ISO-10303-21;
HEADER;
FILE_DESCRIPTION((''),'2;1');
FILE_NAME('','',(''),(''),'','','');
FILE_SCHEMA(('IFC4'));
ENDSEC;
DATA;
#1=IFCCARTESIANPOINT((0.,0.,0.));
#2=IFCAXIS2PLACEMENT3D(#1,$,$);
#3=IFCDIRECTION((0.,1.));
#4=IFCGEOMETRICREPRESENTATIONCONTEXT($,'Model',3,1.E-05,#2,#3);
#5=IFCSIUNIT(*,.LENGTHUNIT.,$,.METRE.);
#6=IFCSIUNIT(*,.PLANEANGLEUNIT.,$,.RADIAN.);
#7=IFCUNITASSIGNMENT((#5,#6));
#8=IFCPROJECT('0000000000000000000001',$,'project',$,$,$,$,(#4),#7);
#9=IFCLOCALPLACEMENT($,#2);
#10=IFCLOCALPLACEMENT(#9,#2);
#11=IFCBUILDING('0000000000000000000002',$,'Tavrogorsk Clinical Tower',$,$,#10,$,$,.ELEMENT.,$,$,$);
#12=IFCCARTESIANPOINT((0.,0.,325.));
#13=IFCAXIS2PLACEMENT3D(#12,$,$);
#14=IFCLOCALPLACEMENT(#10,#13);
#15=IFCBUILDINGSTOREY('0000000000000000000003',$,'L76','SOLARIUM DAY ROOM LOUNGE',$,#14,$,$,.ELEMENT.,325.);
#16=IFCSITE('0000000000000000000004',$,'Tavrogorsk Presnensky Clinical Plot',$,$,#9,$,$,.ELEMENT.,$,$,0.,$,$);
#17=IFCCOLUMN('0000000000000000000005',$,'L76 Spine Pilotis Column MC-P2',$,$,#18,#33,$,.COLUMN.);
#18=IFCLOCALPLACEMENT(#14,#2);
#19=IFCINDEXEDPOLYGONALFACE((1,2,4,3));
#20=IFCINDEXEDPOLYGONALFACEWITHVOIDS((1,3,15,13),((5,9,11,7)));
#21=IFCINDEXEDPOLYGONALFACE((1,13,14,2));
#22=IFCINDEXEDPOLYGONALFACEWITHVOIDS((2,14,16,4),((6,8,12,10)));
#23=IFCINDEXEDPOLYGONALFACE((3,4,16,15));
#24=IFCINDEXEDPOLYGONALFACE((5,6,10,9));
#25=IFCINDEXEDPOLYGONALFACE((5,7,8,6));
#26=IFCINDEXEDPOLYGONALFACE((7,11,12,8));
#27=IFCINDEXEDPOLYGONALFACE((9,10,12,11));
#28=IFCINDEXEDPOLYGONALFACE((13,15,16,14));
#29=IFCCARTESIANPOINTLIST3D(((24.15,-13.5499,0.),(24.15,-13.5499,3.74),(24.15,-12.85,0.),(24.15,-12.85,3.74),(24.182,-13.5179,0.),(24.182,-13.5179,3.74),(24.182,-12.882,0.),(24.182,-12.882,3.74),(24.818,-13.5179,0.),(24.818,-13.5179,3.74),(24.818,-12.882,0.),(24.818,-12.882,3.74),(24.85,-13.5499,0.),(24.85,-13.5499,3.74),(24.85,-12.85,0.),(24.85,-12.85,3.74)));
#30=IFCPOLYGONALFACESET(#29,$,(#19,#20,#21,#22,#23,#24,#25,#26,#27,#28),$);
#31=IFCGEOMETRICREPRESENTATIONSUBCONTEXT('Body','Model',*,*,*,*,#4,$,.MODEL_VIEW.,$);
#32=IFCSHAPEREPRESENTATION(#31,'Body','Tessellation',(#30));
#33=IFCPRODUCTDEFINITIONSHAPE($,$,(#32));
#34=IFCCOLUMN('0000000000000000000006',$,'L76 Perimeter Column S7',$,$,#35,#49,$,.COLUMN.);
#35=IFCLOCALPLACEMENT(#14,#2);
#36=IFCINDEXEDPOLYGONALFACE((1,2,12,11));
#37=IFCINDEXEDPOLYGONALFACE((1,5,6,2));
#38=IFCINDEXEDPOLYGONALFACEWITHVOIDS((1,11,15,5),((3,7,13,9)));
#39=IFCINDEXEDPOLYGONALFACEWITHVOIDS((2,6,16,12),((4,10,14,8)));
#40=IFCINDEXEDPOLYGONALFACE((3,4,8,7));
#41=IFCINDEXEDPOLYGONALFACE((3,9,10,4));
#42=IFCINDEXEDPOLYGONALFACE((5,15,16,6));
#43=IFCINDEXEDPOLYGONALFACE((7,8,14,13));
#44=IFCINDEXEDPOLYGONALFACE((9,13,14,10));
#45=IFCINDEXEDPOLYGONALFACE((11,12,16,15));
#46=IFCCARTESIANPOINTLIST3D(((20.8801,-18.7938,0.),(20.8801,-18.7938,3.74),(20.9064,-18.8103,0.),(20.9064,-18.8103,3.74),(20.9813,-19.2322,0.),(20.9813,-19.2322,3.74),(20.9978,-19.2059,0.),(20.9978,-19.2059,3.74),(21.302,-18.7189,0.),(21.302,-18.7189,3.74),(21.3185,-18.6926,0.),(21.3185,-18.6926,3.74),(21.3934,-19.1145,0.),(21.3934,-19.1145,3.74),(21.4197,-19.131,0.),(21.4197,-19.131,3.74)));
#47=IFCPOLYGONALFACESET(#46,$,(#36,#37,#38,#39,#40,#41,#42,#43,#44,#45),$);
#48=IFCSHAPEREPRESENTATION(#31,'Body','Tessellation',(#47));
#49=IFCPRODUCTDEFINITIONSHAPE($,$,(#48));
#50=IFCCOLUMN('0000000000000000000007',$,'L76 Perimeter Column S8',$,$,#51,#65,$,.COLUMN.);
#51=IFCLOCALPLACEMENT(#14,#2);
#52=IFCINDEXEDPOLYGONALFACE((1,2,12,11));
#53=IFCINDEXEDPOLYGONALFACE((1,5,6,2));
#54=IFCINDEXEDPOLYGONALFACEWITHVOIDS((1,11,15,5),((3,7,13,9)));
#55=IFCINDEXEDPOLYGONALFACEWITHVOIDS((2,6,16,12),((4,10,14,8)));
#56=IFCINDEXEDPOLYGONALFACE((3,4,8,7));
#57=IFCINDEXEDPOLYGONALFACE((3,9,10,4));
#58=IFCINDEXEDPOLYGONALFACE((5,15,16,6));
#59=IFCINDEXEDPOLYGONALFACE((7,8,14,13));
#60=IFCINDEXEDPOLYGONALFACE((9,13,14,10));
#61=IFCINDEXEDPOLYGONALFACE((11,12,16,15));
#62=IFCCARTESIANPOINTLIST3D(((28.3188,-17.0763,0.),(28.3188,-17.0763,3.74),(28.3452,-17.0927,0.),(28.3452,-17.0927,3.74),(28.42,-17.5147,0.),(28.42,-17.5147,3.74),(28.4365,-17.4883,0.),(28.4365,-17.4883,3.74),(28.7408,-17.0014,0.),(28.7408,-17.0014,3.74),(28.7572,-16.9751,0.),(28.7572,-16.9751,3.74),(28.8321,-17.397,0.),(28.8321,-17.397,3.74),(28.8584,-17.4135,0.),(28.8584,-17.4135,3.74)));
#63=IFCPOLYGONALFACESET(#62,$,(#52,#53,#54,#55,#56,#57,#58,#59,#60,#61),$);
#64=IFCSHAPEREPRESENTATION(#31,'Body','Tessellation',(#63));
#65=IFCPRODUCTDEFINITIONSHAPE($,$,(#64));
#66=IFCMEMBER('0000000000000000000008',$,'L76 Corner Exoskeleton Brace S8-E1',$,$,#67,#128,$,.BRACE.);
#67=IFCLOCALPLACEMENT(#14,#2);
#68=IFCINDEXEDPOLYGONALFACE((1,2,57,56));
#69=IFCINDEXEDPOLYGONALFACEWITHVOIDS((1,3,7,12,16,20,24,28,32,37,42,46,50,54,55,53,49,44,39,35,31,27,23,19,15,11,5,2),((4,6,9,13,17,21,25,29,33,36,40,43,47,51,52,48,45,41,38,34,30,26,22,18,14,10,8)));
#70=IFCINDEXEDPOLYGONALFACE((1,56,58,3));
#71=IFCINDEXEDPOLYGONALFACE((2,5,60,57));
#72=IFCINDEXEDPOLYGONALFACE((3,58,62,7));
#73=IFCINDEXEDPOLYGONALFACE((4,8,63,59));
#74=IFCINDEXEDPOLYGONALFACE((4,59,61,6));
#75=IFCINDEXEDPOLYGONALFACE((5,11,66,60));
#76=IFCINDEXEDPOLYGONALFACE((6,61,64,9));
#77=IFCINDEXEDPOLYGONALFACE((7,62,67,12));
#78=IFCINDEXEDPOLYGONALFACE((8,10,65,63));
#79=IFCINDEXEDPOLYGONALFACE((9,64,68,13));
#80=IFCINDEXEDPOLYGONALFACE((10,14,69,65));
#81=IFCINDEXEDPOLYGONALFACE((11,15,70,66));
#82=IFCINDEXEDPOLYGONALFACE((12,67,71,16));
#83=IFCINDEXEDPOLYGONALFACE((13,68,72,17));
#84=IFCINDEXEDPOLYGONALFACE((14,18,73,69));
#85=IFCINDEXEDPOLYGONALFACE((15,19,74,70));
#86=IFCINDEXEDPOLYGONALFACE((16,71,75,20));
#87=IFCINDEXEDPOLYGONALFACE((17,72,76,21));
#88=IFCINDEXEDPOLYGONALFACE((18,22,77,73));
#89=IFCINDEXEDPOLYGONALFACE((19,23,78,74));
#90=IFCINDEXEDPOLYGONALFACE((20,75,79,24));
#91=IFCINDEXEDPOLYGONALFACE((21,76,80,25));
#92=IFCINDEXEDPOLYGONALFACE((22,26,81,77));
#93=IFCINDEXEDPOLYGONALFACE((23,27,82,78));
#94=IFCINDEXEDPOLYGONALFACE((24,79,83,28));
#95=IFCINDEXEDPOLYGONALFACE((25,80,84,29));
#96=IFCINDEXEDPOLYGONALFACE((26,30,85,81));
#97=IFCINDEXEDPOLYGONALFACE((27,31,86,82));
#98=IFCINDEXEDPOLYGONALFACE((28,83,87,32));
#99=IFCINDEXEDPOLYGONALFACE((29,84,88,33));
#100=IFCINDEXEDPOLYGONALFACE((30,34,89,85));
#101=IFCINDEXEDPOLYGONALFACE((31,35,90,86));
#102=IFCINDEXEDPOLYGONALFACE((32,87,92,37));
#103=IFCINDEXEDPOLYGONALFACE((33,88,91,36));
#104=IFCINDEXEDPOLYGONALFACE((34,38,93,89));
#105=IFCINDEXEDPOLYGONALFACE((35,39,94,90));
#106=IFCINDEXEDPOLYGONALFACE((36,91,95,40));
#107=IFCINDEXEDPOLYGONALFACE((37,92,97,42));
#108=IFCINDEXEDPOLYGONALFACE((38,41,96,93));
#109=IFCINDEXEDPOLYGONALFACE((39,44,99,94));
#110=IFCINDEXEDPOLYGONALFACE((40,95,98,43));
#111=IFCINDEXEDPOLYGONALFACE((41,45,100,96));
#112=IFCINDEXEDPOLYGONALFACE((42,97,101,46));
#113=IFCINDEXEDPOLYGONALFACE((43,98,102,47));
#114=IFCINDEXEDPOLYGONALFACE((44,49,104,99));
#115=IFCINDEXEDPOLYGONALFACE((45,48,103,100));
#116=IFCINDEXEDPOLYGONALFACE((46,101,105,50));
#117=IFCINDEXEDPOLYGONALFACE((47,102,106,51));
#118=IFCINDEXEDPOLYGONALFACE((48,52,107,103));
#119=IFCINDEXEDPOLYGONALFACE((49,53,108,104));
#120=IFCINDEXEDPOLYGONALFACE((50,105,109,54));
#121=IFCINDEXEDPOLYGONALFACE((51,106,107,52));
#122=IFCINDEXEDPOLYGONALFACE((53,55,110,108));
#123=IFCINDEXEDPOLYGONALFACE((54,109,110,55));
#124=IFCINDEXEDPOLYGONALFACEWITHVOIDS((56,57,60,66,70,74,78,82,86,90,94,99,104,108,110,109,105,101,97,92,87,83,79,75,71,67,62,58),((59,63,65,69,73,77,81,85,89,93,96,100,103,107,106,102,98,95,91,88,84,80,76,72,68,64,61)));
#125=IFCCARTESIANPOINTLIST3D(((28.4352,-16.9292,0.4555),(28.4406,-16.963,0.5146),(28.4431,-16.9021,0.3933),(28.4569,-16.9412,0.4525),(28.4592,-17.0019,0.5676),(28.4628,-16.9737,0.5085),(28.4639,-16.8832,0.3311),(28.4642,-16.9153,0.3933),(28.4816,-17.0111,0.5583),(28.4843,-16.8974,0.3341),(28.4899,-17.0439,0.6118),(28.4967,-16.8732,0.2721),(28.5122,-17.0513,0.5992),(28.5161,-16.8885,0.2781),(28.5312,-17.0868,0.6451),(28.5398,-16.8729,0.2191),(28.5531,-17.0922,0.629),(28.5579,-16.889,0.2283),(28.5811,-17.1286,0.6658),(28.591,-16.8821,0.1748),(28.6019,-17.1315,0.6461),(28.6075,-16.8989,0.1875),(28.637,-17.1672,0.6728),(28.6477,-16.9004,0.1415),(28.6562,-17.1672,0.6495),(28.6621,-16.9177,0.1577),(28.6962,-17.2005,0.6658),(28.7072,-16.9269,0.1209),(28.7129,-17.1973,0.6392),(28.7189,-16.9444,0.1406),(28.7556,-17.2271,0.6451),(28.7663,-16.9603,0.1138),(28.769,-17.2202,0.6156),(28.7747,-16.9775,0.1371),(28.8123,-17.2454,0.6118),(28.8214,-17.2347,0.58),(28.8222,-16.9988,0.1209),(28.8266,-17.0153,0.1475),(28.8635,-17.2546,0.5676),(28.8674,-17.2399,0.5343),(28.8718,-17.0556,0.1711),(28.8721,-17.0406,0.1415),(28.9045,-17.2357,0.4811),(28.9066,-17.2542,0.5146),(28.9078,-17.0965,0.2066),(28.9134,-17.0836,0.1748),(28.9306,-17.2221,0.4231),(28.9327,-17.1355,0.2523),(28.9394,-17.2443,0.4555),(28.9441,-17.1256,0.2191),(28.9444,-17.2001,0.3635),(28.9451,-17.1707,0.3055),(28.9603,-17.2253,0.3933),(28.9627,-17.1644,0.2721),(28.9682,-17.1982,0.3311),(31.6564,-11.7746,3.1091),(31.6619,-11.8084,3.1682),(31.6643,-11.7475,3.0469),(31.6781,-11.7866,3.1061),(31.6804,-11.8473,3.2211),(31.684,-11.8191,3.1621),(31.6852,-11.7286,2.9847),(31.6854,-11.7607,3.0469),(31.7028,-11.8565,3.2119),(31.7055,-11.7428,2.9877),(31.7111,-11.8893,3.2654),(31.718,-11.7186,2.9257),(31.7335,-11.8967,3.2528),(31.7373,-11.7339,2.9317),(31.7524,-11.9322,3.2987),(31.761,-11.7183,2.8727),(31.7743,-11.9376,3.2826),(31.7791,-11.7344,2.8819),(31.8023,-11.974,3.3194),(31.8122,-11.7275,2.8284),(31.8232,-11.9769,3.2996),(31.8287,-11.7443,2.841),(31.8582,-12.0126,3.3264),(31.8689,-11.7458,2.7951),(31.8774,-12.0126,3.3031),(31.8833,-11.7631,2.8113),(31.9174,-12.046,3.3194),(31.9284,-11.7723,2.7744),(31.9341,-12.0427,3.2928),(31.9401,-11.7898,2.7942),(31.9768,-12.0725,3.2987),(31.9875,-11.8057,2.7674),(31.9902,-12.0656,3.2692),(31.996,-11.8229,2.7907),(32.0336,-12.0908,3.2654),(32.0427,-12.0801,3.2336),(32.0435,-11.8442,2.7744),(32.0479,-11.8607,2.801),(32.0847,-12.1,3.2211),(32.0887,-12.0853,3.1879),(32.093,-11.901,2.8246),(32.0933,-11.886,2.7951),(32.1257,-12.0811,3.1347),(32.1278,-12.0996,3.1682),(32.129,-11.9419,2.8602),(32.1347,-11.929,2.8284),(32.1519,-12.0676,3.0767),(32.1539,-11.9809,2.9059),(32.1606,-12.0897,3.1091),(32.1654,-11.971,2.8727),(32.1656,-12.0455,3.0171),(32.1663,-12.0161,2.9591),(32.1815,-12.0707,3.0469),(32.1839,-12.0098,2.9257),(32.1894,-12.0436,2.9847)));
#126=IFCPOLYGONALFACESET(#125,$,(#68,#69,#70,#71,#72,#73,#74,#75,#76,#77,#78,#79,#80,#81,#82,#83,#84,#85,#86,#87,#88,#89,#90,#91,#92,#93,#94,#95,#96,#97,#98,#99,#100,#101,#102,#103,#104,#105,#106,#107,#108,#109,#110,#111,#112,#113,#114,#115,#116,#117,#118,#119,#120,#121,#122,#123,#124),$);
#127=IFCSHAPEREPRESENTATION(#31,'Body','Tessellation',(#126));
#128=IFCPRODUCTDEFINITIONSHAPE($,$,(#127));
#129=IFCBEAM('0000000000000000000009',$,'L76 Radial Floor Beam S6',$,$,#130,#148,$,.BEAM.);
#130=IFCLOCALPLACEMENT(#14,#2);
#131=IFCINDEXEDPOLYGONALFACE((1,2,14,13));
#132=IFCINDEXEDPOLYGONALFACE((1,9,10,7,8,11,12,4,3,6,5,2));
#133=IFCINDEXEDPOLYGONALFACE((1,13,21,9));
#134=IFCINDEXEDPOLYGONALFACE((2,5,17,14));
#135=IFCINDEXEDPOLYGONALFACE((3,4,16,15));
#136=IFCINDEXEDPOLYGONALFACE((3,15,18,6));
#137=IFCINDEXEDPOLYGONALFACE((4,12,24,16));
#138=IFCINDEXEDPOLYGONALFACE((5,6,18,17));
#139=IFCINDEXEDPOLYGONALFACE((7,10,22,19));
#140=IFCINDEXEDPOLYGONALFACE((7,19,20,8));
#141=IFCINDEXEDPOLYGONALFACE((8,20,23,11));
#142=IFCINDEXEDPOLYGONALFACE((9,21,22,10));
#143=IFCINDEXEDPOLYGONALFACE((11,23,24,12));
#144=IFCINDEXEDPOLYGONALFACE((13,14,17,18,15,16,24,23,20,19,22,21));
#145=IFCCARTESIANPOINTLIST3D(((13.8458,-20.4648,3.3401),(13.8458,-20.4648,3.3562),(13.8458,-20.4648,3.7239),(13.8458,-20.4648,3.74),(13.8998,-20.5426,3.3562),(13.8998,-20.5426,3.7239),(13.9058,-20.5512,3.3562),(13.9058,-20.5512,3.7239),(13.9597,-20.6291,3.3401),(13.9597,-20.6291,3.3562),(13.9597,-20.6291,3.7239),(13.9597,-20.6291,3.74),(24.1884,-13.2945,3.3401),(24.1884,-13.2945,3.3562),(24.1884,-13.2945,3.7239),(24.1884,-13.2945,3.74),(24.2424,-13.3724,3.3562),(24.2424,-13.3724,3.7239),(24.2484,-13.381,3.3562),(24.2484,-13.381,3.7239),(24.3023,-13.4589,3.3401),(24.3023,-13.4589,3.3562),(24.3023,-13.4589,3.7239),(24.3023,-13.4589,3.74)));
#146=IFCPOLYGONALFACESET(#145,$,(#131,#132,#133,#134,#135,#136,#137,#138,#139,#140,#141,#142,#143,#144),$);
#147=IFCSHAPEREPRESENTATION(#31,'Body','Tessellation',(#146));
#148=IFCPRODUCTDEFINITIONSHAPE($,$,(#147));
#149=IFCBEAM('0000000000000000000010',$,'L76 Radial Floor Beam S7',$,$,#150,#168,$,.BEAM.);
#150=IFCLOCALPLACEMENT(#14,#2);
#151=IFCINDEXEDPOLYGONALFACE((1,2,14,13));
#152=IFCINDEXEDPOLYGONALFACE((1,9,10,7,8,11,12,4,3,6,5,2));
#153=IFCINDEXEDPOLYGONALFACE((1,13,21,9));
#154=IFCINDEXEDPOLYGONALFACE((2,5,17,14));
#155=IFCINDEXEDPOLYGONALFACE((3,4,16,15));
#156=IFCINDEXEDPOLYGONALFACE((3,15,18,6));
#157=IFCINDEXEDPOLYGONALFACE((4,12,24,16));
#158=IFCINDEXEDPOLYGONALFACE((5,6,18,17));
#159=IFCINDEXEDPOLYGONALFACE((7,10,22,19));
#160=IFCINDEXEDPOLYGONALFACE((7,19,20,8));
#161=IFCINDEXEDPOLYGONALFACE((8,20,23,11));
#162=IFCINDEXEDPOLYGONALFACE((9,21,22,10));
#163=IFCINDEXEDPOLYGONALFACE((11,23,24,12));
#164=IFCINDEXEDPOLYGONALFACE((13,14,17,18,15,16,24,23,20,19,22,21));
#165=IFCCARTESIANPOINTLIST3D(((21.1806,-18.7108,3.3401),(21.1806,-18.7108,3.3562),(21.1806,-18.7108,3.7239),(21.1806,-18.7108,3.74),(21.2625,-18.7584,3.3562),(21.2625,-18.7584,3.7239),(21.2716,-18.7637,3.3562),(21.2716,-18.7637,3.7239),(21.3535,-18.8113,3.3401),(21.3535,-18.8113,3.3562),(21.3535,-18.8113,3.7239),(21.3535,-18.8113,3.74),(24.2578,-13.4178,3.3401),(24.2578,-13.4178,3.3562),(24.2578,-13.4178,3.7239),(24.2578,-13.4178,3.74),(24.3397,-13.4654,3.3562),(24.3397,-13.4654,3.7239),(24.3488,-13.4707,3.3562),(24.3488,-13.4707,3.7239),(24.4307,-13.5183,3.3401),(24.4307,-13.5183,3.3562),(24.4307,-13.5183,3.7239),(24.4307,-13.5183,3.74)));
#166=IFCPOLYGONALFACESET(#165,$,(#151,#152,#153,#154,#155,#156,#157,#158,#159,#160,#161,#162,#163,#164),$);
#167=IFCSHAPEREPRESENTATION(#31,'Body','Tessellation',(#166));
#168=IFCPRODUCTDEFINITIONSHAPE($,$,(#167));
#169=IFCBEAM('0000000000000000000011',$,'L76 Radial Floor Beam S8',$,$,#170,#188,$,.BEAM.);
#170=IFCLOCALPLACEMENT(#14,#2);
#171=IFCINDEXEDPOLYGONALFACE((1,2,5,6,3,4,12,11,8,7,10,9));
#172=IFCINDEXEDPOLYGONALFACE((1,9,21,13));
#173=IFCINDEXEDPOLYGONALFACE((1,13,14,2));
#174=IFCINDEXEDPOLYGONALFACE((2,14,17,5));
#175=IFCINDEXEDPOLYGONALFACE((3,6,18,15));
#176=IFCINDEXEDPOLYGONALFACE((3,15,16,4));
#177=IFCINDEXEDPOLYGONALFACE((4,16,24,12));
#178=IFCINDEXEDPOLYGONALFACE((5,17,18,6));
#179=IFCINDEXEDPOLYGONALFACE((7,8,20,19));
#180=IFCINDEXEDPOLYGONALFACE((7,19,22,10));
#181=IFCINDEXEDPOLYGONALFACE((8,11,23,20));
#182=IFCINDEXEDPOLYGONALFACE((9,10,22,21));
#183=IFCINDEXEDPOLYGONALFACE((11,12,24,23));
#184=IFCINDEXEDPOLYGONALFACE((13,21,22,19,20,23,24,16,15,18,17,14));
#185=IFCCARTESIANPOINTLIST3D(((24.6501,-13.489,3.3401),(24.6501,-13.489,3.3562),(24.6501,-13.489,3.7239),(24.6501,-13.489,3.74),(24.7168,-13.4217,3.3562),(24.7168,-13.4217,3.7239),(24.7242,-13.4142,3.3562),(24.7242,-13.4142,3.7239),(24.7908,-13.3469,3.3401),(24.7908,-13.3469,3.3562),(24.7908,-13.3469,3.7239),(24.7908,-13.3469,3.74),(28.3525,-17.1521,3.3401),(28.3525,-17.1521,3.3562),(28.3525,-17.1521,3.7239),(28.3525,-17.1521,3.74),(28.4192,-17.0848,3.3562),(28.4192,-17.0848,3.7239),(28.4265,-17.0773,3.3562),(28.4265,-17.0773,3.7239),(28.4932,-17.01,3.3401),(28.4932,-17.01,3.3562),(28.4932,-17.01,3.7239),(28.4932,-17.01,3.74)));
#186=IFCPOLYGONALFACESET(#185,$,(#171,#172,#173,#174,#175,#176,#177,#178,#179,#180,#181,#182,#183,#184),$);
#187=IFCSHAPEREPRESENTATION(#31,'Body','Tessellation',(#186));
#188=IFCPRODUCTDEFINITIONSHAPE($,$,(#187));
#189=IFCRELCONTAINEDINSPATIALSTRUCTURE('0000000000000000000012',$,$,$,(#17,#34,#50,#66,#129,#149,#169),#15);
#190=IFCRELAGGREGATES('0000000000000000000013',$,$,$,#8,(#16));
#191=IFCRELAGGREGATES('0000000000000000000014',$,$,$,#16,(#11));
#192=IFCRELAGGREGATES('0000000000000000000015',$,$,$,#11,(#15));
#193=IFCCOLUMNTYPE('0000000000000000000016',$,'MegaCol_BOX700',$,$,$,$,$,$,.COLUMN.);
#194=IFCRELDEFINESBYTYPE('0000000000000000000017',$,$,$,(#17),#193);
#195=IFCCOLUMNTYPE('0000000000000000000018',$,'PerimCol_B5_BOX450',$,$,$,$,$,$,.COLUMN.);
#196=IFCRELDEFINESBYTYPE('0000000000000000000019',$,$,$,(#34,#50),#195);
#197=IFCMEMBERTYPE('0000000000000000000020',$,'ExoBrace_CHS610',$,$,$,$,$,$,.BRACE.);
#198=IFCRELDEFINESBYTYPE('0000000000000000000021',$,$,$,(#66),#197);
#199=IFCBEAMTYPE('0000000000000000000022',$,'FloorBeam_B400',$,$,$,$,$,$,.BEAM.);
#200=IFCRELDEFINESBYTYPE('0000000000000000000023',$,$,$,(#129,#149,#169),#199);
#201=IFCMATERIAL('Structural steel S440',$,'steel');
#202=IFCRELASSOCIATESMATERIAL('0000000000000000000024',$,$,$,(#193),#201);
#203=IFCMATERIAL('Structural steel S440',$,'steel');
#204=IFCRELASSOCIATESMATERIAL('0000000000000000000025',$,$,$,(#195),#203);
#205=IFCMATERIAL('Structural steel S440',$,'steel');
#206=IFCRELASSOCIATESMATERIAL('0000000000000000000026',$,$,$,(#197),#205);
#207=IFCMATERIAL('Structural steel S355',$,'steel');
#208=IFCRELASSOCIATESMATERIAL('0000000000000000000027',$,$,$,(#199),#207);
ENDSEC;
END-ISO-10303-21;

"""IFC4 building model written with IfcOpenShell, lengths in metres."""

from ifc_helpers import new_model, si_unit, direction, frame, origin, origin_2d, place, context, subcontext, project, spatial, hollow_rectangle, hollow_circle, i_section, extrude, material, material_profile, profile_set, type_object, element, save


model = new_model("IFC4")

# Units and contexts
model_context = context("Model", 3, precision=1e-05, world=origin(), true_north=direction((0.0, 1.0)))
body_context = subcontext(model_context, "Body", "Model", "MODEL_VIEW")
ifc_project = project(units=[si_unit("LENGTHUNIT", "METRE"), si_unit("PLANEANGLEUNIT", "RADIAN")], contexts=[model_context])

# Site, building, storey
site_placement = place(None, origin())
site = spatial("IfcSite", under=ifc_project, at=site_placement, Name="Tavrogorsk Presnensky Clinical Plot", CompositionType="ELEMENT", RefElevation=0.0)
building_placement = place(site_placement, origin())
building = spatial("IfcBuilding", under=site, at=building_placement, Name="Tavrogorsk Clinical Tower", CompositionType="ELEMENT")
storey_placement = place(building_placement, frame((0.0, 0.0, 325.0)))
storey = spatial("IfcBuildingStorey", under=building, at=storey_placement, Name="L76", Description="SOLARIUM DAY ROOM LOUNGE", CompositionType="ELEMENT", Elevation=325.0)

# Columns
ifc_material_1 = material(Name="Structural steel S440", Category="steel")
ifc_material_profile_1 = material_profile(ifc_material_1, hollow_rectangle(XDim=0.7, YDim=0.7, WallThickness=0.032, at=origin_2d()), Name="BOX-700x700x32")
ifc_profile_set_1 = profile_set([ifc_material_profile_1], Name="Structural steel S440")
column_type_1 = type_object("IfcColumnType", Name="MegaCol_BOX700", PredefinedType="COLUMN", material=ifc_profile_set_1)
column_placement = place(storey_placement, frame((24.5, -13.2, 0.0), z_axis=(0.0, 0.0, 1.0), x_axis=(1.0, 0.0, 0.0)))
element("IfcColumn", 1, at=column_placement, inside=storey, type_object=column_type_1, Name="L76 Spine Pilotis Column MC-P2", PredefinedType="COLUMN", context=body_context, shape_type="SweptSolid", body=[
    extrude(hollow_rectangle(XDim=0.7, YDim=0.7, WallThickness=0.032, at=origin_2d()), origin(), (0.0, 0.0, 1.0), 3.74),
])
ifc_material_2 = material(Name="Structural steel S440", Category="steel")
ifc_material_profile_2 = material_profile(ifc_material_2, hollow_rectangle(XDim=0.45, YDim=0.45, WallThickness=0.022, at=origin_2d()), Name="BOX-450x450x22")
ifc_profile_set_2 = profile_set([ifc_material_profile_2], Name="Structural steel S440")
column_type_2 = type_object("IfcColumnType", Name="PerimCol_B5_BOX450", PredefinedType="COLUMN", material=ifc_profile_set_2)
for number, where, z_axis, x_axis, name in (
    (2, (21.1499, -18.9624, 0.0), (0.0, 0.0, 1.0), (0.97437, 0.224951, 0.0), "L76 Perimeter Column S7"),
    (3, (28.5886, -17.2449, 0.0), (0.0, 0.0, 1.0), (0.97437, 0.224951, 0.0), "L76 Perimeter Column S8"),
):
    element("IfcColumn", number, at=place(storey_placement, frame(where, z_axis=z_axis, x_axis=x_axis)), inside=storey, type_object=column_type_2, Name=name, PredefinedType="COLUMN", context=body_context, shape_type="SweptSolid", body=[
        extrude(hollow_rectangle(XDim=0.45, YDim=0.45, WallThickness=0.022, at=origin_2d()), origin(), (0.0, 0.0, 1.0), 3.74),
    ])

# Member
ifc_material_3 = material(Name="Structural steel S440", Category="steel")
ifc_material_profile_3 = material_profile(ifc_material_3, hollow_circle(Radius=0.3049, WallThickness=0.0249, at=origin_2d()), Name="CHS-610x25")
ifc_profile_set_3 = profile_set([ifc_material_profile_3], Name="Structural steel S440")
member_type = type_object("IfcMemberType", Name="ExoBrace_CHS610", PredefinedType="BRACE", material=ifc_profile_set_3)
member_placement = place(storey_placement, frame((28.7017, -17.0637, 0.3933), z_axis=(0.485686, 0.777193, 0.4001), x_axis=(-0.848028, 0.529952, 0.0)))
element("IfcMember", 4, at=member_placement, inside=storey, type_object=member_type, Name="L76 Corner Exoskeleton Brace S8-E1", PredefinedType="BRACE", context=body_context, shape_type="SweptSolid", body=[
    extrude(hollow_circle(Radius=0.3049, WallThickness=0.0249, at=origin_2d()), origin(), (0.0, 0.0, 1.0), 6.6323),
])

# Beams
ifc_material_4 = material(Name="Structural steel S355", Category="steel")
ifc_material_profile_4 = material_profile(ifc_material_4, i_section(OverallWidth=0.2, OverallDepth=0.3999, WebThickness=0.0105, FlangeThickness=0.0161, at=origin_2d()), Name="B-400x200x10.5x16")
ifc_profile_set_4 = profile_set([ifc_material_profile_4], Name="Structural steel S355")
beam_type_1 = type_object("IfcBeamType", Name="FloorBeam_B400", PredefinedType="BEAM", material=ifc_profile_set_4)
beam_1_placement = place(storey_placement, frame((24.2454, -13.3767, 3.54), z_axis=(-0.821822, -0.569745, 0.0), x_axis=(0.569745, -0.821822, 0.0)))
element("IfcBeam", 5, at=beam_1_placement, inside=storey, type_object=beam_type_1, Name="L76 Radial Floor Beam S6", PredefinedType="BEAM", context=body_context, shape_type="SweptSolid", body=[
    extrude(i_section(OverallWidth=0.2, OverallDepth=0.3999, WebThickness=0.0105, FlangeThickness=0.0161, at=origin_2d()), origin(), (0.0, 0.0, 1.0), 12.585),
])
beam_2_placement = place(storey_placement, frame((24.3442, -13.468, 3.54), z_axis=(-0.502601, -0.864518, 0.0), x_axis=(0.864518, -0.502601, 0.0)))
element("IfcBeam", 6, at=beam_2_placement, inside=storey, type_object=beam_type_1, Name="L76 Radial Floor Beam S7", PredefinedType="BEAM", context=body_context, shape_type="SweptSolid", body=[
    extrude(i_section(OverallWidth=0.2, OverallDepth=0.3999, WebThickness=0.0105, FlangeThickness=0.0161, at=origin_2d()), origin(), (0.0, 0.0, 1.0), 6.1226),
])
beam_3_placement = place(storey_placement, frame((24.7205, -13.418, 3.54), z_axis=(0.71087, -0.703323, 0.0), x_axis=(0.703323, 0.71087, 0.0)))
element("IfcBeam", 7, at=beam_3_placement, inside=storey, type_object=beam_type_1, Name="L76 Radial Floor Beam S8", PredefinedType="BEAM", context=body_context, shape_type="SweptSolid", body=[
    extrude(i_section(OverallWidth=0.2, OverallDepth=0.3999, WebThickness=0.0105, FlangeThickness=0.0161, at=origin_2d()), origin(), (0.0, 0.0, 1.0), 5.2083),
])

save(model, "model.ifc")
